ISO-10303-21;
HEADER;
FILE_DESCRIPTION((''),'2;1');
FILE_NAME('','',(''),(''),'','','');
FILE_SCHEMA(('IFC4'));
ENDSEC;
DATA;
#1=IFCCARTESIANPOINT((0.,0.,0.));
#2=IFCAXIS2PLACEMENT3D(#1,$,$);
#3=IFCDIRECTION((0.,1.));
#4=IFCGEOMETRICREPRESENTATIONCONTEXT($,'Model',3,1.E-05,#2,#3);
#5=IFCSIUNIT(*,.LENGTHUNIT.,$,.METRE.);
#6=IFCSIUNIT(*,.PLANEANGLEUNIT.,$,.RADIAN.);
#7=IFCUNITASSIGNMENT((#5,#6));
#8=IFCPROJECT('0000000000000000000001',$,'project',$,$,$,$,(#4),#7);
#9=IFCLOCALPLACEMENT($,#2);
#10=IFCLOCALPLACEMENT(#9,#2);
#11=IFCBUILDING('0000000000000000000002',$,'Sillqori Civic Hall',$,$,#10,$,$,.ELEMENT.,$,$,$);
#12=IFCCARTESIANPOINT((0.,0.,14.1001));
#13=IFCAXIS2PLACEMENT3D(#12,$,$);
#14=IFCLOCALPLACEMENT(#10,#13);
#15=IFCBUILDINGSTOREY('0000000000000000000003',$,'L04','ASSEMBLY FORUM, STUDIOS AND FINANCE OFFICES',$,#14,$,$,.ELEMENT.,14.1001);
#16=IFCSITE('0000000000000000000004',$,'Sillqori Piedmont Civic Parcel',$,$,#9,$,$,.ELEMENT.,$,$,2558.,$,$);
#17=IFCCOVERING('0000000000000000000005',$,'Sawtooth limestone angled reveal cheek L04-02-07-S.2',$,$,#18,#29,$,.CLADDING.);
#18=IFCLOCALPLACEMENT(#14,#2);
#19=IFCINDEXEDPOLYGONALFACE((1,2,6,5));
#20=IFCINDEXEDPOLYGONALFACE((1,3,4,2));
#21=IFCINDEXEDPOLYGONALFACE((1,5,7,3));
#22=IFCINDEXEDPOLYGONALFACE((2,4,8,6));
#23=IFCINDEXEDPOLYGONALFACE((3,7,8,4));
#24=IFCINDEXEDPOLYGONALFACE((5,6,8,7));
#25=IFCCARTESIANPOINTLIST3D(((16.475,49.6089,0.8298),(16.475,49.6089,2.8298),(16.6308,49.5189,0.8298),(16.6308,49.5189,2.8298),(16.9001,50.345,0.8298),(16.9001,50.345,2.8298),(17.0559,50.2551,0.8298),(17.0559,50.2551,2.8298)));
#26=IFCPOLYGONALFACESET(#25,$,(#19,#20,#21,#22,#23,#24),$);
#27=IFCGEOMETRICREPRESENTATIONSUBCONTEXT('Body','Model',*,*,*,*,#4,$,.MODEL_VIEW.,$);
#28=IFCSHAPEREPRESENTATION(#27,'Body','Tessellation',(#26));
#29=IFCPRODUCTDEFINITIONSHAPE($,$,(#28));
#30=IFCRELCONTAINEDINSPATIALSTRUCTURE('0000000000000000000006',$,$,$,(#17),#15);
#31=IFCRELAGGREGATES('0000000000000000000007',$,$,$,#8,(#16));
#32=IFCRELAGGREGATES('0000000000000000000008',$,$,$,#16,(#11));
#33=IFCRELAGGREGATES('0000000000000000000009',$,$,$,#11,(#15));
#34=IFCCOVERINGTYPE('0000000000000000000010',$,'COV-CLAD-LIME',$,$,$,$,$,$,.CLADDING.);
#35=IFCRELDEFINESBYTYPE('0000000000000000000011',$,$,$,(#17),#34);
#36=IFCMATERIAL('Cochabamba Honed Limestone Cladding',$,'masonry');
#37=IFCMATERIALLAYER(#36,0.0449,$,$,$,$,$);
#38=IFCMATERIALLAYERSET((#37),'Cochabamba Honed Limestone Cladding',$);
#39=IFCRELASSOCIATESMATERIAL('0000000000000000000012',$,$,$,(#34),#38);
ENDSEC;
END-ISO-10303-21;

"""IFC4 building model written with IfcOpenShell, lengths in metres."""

from ifc_helpers import new_model, si_unit, direction, frame, frame_2d, origin, place, context, subcontext, project, spatial, rectangle, extrude, material, layer, layer_set, type_object, element, save


model = new_model("IFC4")

# Units and contexts
model_context = context("Model", 3, precision=1e-05, world=origin(), true_north=direction((0.0, 1.0)))
body_context = subcontext(model_context, "Body", "Model", "MODEL_VIEW")
ifc_project = project(units=[si_unit("LENGTHUNIT", "METRE"), si_unit("PLANEANGLEUNIT", "RADIAN")], contexts=[model_context])

# Site, building, storey
site_placement = place(None, origin())
site = spatial("IfcSite", under=ifc_project, at=site_placement, Name="Sillqori Piedmont Civic Parcel", CompositionType="ELEMENT", RefElevation=2558.0)
building_placement = place(site_placement, origin())
building = spatial("IfcBuilding", under=site, at=building_placement, Name="Sillqori Civic Hall", CompositionType="ELEMENT")
storey_placement = place(building_placement, frame((0.0, 0.0, 14.1001)))
storey = spatial("IfcBuildingStorey", under=building, at=storey_placement, Name="L04", Description="ASSEMBLY FORUM, STUDIOS AND FINANCE OFFICES", CompositionType="ELEMENT", Elevation=14.1001)

# Covering
ifc_material_1 = material(Name="Cochabamba Honed Limestone Cladding", Category="masonry")
ifc_layer_1 = layer(ifc_material_1, 0.0449)
ifc_layer_set_1 = layer_set([ifc_layer_1], Name="Cochabamba Honed Limestone Cladding")
covering_type = type_object("IfcCoveringType", Name="COV-CLAD-LIME", PredefinedType="CLADDING", material=ifc_layer_set_1)
covering_1_placement = place(storey_placement, frame((16.978, 50.3, 0.8298), z_axis=(0.0, 0.0, 1.0), x_axis=(-0.500062, -0.865989, 0.0)))
element("IfcCovering", 1, at=covering_1_placement, inside=storey, type_object=covering_type, Name="Sawtooth limestone angled reveal cheek L04-02-07-S.2", PredefinedType="CLADDING", context=body_context, shape_type="SweptSolid", body=[
    extrude(rectangle(XDim=0.8501, YDim=0.1799, at=frame_2d((0.425, 0.0))), origin(), (0.0, 0.0, 1.0), 2.0),
])

save(model, "model.ifc")
